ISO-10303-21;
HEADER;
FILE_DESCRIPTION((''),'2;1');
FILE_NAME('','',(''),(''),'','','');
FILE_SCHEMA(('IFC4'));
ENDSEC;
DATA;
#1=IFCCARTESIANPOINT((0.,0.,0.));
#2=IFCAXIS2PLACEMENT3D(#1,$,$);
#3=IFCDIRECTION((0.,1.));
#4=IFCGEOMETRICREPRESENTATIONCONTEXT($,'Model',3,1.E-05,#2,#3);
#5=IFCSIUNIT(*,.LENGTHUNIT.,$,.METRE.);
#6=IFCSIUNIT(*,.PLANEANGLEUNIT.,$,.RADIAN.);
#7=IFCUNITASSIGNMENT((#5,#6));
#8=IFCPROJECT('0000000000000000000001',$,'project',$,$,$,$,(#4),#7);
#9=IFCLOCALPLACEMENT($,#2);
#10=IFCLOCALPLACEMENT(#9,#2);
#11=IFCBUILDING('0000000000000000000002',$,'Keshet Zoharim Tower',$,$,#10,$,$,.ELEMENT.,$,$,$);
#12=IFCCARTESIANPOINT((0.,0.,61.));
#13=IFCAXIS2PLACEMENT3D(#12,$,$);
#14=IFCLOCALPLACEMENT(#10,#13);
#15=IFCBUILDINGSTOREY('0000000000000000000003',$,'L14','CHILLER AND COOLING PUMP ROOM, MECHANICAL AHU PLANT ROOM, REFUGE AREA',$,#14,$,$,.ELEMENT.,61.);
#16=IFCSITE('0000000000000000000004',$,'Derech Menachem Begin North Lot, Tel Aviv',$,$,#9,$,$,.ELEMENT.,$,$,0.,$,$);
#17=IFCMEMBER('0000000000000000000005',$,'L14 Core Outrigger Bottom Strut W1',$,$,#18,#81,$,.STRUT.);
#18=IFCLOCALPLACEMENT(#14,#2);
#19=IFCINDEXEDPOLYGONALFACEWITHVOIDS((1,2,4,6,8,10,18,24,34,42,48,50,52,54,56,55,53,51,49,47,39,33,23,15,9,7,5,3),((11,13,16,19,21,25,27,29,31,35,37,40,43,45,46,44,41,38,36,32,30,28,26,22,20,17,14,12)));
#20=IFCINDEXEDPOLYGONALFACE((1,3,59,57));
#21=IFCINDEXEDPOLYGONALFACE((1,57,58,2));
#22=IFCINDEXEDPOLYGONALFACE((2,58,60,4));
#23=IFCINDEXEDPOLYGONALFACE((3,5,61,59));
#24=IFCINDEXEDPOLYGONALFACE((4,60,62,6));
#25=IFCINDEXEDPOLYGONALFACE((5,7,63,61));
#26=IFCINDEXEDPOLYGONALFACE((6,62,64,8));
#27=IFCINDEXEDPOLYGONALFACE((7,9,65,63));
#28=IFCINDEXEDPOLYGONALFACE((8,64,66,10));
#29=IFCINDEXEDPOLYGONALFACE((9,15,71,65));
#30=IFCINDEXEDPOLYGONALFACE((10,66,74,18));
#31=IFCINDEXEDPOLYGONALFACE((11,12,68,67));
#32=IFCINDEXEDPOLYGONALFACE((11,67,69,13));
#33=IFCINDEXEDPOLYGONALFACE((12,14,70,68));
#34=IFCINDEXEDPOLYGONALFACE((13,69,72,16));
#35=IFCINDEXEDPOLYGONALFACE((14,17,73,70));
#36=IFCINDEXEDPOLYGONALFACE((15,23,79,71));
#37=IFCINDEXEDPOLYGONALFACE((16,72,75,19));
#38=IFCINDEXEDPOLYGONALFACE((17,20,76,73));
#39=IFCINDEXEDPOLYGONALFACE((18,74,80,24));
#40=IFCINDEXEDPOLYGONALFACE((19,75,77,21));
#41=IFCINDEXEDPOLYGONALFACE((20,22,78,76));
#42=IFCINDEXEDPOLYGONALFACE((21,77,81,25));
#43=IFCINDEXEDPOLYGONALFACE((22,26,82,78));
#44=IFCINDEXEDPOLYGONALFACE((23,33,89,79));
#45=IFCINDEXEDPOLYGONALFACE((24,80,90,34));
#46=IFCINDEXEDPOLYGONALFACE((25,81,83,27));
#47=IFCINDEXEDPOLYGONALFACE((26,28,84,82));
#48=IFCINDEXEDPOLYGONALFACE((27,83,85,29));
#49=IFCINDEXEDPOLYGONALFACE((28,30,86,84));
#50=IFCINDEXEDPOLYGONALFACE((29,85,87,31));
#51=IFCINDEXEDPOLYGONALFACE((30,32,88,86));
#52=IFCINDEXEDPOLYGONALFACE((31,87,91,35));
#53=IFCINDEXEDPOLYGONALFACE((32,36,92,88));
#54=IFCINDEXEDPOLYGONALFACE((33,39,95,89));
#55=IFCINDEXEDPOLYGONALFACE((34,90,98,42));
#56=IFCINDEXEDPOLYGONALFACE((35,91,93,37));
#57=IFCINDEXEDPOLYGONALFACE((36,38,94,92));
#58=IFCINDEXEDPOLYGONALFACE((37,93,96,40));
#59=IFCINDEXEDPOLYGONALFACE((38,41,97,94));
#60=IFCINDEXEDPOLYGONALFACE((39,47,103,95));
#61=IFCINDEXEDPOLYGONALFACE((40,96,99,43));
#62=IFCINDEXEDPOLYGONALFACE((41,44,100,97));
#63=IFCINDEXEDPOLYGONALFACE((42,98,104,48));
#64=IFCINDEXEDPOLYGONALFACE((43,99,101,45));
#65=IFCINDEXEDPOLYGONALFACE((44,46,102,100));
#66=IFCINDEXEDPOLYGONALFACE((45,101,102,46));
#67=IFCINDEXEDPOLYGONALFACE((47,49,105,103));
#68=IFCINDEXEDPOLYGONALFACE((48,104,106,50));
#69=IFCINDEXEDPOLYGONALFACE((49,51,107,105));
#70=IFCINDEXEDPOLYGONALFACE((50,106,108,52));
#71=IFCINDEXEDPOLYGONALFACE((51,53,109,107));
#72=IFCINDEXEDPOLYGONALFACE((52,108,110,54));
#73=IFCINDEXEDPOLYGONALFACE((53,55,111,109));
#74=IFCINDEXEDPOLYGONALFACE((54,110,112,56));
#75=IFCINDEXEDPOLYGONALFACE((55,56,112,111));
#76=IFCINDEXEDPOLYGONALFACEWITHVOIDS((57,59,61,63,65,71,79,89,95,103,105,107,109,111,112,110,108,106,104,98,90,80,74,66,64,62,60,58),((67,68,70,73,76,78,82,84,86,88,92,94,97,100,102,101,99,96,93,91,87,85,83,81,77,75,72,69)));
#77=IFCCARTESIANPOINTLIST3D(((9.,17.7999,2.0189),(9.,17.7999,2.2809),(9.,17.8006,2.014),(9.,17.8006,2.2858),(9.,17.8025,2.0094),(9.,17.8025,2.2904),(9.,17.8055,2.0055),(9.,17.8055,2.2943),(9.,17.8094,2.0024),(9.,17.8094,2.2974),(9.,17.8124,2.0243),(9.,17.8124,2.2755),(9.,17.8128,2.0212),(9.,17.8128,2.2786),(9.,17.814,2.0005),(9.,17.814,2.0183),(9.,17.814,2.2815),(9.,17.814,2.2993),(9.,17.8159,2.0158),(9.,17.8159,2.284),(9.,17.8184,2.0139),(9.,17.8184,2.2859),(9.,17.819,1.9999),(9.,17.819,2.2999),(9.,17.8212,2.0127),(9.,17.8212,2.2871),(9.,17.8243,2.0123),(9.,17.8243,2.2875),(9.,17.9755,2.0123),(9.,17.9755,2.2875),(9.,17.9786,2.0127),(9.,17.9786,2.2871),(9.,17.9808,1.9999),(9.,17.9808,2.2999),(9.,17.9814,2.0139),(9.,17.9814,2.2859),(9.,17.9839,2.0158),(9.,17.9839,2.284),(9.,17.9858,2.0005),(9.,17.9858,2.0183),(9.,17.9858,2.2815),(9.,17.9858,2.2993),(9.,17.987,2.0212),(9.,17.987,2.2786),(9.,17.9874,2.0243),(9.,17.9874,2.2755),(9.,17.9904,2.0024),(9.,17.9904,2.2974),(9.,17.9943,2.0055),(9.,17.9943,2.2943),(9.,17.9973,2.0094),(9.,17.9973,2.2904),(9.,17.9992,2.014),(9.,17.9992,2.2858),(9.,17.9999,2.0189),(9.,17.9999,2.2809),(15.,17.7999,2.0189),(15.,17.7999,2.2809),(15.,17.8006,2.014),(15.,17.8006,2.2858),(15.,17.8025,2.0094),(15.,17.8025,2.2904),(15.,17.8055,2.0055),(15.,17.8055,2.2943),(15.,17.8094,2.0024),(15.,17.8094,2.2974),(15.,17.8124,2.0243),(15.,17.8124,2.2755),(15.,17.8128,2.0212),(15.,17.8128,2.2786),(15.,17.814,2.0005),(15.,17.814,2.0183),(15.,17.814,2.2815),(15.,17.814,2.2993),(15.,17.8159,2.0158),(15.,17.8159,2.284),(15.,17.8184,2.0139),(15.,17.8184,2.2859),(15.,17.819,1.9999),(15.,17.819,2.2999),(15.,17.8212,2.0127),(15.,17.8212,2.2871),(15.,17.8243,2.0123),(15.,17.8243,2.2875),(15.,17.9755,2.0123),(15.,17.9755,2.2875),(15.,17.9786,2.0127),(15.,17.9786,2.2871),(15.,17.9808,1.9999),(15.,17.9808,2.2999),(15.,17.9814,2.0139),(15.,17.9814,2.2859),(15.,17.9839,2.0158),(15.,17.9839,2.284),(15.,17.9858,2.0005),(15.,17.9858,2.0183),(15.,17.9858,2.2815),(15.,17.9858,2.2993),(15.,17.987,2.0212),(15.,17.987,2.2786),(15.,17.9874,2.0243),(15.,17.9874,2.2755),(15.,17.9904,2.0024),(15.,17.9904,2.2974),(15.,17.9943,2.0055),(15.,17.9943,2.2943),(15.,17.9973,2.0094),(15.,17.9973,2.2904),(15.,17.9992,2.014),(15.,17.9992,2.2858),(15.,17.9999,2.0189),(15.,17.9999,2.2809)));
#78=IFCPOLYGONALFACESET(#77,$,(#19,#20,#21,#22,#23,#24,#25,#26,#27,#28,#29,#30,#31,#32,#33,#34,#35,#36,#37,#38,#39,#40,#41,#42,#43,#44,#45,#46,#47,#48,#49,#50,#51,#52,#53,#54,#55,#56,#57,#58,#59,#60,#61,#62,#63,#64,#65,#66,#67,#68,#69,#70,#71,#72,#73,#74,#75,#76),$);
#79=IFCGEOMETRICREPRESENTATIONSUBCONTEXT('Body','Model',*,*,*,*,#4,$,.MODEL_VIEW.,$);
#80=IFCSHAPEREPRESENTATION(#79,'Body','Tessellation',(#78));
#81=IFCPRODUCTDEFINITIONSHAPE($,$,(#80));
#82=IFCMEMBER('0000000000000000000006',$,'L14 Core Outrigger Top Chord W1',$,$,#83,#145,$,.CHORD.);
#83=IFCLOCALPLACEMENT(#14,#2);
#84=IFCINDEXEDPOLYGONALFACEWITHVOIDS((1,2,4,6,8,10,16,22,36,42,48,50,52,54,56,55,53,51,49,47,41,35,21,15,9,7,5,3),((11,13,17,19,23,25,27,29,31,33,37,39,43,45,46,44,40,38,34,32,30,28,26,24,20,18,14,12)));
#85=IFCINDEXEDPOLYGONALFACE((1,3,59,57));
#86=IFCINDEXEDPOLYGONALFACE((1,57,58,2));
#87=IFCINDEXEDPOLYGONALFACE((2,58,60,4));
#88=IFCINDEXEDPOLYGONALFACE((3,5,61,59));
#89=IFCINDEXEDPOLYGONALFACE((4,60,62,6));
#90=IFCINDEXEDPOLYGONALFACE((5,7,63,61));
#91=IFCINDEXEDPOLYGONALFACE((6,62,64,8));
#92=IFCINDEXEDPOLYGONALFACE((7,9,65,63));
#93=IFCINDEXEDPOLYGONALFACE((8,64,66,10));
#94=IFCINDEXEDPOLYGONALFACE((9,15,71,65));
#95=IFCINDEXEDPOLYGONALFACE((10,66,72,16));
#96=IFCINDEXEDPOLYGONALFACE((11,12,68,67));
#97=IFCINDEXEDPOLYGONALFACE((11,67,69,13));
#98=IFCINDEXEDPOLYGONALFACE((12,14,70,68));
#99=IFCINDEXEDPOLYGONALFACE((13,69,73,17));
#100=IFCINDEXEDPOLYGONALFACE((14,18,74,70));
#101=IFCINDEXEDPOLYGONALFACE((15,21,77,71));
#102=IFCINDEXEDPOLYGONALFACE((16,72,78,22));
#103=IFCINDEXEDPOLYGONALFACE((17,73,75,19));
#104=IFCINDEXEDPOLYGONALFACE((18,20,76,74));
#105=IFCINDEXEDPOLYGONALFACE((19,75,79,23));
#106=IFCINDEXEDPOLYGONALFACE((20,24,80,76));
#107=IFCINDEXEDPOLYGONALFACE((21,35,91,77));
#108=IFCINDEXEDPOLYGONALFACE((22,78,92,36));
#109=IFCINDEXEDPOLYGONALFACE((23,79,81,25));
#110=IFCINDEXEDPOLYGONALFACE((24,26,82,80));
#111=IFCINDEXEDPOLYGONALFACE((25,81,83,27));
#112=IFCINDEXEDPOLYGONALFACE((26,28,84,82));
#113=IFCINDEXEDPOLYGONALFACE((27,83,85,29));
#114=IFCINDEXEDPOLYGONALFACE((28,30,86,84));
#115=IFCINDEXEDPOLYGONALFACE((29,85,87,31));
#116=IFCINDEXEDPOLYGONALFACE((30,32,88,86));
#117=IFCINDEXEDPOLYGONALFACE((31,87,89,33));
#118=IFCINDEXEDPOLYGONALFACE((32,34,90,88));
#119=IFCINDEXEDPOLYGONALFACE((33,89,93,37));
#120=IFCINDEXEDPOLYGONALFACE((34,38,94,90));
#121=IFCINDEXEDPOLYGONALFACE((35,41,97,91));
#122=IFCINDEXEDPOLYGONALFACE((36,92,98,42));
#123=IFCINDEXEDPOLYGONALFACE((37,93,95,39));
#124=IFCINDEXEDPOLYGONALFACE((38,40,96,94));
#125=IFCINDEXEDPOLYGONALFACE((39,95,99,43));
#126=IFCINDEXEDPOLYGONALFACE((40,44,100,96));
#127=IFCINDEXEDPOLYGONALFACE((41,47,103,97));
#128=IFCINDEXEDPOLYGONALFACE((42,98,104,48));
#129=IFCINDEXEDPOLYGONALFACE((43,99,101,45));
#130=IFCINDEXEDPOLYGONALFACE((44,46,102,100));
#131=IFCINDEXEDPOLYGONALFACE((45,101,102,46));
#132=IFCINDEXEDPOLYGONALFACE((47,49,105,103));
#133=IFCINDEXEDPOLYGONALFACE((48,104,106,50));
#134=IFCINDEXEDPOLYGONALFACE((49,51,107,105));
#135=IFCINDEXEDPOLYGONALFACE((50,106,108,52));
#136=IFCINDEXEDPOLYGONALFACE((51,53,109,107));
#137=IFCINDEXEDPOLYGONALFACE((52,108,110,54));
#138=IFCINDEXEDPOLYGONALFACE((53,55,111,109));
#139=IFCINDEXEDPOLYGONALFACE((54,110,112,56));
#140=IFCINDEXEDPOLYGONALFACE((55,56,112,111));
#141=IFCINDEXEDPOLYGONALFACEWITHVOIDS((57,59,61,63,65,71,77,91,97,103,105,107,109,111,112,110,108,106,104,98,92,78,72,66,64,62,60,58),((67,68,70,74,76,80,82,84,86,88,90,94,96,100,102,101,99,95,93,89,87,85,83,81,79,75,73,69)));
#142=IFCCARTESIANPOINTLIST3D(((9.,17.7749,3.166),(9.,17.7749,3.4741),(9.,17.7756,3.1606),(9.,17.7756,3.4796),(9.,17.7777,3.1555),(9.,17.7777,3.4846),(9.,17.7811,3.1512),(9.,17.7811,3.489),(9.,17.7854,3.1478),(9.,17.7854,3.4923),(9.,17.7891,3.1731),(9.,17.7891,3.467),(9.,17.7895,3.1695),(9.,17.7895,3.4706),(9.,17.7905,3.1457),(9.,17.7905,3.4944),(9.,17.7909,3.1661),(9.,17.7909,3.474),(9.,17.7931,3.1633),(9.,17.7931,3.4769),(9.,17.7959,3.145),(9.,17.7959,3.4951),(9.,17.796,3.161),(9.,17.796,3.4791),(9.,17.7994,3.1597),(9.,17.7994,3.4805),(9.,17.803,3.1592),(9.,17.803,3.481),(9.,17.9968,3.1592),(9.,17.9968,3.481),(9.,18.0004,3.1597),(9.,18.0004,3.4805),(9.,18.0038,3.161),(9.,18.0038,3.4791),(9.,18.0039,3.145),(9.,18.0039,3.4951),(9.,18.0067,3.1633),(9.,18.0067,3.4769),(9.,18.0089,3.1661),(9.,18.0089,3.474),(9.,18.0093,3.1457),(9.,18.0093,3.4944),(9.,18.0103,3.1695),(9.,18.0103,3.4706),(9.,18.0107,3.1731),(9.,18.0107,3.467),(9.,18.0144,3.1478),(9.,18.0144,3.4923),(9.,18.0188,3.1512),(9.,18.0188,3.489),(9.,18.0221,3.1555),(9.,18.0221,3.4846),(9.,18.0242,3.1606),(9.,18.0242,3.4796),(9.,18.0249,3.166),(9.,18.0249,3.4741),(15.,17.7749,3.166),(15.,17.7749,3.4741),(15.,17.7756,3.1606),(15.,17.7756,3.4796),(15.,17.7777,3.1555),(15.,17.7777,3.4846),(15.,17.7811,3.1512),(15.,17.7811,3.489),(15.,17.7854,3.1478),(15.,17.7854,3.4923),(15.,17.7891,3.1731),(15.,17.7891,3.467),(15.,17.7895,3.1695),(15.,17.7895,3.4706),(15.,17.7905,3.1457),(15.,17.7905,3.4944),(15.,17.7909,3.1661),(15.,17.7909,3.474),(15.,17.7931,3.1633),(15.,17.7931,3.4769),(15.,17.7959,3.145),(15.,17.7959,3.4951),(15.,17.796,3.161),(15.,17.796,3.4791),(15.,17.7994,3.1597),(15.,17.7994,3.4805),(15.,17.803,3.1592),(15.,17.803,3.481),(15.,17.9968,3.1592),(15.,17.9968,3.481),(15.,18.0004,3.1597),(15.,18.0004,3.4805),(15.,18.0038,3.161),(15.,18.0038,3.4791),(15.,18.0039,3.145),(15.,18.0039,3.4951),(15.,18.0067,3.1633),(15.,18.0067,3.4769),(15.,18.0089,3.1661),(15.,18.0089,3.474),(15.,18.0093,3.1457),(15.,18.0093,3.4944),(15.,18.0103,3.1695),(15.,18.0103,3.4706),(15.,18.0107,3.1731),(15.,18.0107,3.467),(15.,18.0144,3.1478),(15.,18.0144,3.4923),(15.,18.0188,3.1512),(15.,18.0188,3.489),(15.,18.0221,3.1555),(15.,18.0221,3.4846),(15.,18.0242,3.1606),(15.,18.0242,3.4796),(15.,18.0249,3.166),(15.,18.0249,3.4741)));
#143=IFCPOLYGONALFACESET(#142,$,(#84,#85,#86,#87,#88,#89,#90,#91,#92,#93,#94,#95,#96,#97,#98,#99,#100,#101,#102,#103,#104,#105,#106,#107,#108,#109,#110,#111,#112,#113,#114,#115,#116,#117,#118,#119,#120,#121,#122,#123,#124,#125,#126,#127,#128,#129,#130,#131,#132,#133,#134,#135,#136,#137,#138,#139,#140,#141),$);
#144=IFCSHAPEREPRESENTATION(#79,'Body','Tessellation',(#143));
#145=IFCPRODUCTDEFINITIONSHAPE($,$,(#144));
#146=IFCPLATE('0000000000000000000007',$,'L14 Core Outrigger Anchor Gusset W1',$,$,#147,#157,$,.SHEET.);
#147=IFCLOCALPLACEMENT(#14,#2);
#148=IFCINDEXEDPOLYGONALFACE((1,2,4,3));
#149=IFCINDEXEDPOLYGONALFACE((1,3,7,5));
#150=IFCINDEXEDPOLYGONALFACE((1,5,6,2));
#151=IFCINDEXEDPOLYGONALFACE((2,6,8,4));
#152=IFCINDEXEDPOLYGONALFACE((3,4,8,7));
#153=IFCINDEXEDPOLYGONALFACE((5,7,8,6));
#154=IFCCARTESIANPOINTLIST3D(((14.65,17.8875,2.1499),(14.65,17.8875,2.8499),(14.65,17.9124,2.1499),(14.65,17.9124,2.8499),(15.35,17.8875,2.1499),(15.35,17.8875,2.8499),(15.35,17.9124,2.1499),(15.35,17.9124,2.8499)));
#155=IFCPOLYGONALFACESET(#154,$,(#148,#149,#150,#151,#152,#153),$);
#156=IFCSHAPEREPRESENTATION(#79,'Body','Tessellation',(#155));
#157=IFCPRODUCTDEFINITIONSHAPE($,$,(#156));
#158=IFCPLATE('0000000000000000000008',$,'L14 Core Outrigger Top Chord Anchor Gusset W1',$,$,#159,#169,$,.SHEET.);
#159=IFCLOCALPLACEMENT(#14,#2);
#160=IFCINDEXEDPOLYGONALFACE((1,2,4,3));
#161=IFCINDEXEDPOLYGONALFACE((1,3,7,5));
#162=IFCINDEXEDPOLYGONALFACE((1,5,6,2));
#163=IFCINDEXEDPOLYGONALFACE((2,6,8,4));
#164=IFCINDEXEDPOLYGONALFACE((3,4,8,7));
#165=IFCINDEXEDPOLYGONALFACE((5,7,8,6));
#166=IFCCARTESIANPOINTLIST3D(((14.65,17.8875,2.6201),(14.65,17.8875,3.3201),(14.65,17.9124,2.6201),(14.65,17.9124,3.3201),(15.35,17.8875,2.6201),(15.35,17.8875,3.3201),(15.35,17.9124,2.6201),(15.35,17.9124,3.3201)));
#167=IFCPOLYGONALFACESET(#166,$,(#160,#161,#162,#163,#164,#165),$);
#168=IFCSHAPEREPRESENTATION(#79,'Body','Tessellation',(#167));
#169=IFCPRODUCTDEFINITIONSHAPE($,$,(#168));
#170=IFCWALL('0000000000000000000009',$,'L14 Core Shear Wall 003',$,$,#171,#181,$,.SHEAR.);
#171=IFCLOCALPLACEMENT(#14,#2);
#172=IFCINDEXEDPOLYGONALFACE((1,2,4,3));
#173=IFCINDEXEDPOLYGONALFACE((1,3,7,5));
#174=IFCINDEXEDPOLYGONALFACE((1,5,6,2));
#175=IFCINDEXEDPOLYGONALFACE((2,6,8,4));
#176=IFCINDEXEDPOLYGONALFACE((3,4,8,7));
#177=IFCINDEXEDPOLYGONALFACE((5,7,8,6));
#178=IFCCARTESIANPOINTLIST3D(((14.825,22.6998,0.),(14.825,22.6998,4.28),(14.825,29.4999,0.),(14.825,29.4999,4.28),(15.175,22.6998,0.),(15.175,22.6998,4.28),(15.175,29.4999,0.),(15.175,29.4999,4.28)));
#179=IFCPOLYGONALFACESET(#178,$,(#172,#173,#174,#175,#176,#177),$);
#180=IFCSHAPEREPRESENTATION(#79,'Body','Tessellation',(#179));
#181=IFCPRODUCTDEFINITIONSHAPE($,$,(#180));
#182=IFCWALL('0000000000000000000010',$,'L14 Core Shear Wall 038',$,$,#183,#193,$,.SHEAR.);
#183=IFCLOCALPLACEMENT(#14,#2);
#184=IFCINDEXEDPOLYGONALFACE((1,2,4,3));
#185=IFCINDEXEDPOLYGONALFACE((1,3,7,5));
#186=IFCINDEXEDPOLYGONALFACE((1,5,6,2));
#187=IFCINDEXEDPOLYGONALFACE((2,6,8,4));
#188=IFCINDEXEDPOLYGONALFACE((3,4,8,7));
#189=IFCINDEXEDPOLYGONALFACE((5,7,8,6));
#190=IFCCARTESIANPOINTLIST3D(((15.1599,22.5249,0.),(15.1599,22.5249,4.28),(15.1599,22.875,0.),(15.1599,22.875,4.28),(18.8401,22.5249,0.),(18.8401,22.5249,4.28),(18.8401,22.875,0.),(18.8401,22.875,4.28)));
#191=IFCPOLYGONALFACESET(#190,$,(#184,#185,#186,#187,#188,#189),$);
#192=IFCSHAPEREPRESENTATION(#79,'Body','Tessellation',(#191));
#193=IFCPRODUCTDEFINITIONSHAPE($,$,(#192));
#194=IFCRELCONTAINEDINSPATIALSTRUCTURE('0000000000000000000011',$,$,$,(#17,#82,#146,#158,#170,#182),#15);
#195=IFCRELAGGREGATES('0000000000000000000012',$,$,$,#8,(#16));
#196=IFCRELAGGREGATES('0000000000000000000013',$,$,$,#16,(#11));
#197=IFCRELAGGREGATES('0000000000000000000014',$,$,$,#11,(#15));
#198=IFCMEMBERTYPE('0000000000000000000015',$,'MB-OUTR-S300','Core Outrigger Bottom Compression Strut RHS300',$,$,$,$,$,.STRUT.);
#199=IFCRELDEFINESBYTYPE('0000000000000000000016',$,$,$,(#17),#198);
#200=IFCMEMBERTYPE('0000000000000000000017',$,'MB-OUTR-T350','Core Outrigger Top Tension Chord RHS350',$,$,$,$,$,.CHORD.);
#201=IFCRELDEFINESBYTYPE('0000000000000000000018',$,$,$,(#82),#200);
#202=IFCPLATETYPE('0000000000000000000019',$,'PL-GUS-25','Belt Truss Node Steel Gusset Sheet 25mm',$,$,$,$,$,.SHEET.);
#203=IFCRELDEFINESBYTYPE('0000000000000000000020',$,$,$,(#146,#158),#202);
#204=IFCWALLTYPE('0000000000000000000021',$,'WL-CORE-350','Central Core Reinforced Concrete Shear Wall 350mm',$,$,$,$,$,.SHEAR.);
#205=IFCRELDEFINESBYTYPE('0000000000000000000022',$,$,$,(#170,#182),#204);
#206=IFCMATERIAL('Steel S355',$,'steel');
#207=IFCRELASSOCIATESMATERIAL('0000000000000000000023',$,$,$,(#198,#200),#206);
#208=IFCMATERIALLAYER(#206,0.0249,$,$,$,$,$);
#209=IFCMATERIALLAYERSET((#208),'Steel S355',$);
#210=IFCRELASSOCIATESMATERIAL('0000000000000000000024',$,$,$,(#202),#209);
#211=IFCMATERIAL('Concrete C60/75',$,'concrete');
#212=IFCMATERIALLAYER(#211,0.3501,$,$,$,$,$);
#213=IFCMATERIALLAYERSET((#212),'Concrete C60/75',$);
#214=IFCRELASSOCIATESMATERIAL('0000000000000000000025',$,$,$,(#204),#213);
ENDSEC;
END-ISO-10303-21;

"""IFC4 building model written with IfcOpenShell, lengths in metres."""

from ifc_helpers import new_model, si_unit, direction, frame, frame_2d, origin, origin_2d, place, context, subcontext, project, spatial, rectangle, hollow_rectangle, extrude, material, layer, layer_set, material_profile, profile_set, type_object, element, save


model = new_model("IFC4")

# Units and contexts
model_context = context("Model", 3, precision=1e-05, world=origin(), true_north=direction((0.0, 1.0)))
body_context = subcontext(model_context, "Body", "Model", "MODEL_VIEW")
ifc_project = project(units=[si_unit("LENGTHUNIT", "METRE"), si_unit("PLANEANGLEUNIT", "RADIAN")], contexts=[model_context])

# Site, building, storey
site_placement = place(None, origin())
site = spatial("IfcSite", under=ifc_project, at=site_placement, Name="Derech Menachem Begin North Lot, Tel Aviv", CompositionType="ELEMENT", RefElevation=0.0)
building_placement = place(site_placement, origin())
building = spatial("IfcBuilding", under=site, at=building_placement, Name="Keshet Zoharim Tower", CompositionType="ELEMENT")
storey_placement = place(building_placement, frame((0.0, 0.0, 61.0)))
storey = spatial("IfcBuildingStorey", under=building, at=storey_placement, Name="L14", Description="CHILLER AND COOLING PUMP ROOM, MECHANICAL AHU PLANT ROOM, REFUGE AREA", CompositionType="ELEMENT", Elevation=61.0)

# Shared definitions
ifc_material_1 = material(Name="Concrete C60/75", Category="concrete")

# Shared definitions
ifc_material_2 = material(Name="Steel S355", Category="steel")

# Members
ifc_material_profile_1 = material_profile(ifc_material_2, hollow_rectangle(XDim=0.2, YDim=0.3, WallThickness=0.0125, InnerFilletRadius=0.012, OuterFilletRadius=0.019, at=origin_2d()), Name="RHS300x200x12.5")
ifc_profile_set_1 = profile_set([ifc_material_profile_1], Name="Steel S355")
member_type_1 = type_object("IfcMemberType", Name="MB-OUTR-S300", Description="Core Outrigger Bottom Compression Strut RHS300", PredefinedType="STRUT", material=ifc_profile_set_1)
member_1_placement = place(storey_placement, frame((15.0, 17.8999, 2.1499), z_axis=(-1.0, 0.0, 0.0), x_axis=(0.0, -1.0, 0.0)))
element("IfcMember", 1, at=member_1_placement, inside=storey, type_object=member_type_1, Name="L14 Core Outrigger Bottom Strut W1", PredefinedType="STRUT", context=body_context, shape_type="SweptSolid", body=[
    extrude(hollow_rectangle(XDim=0.2, YDim=0.3, WallThickness=0.0125, InnerFilletRadius=0.012, OuterFilletRadius=0.019, at=origin_2d()), origin(), (0.0, 0.0, 1.0), 6.0),
])
ifc_material_profile_2 = material_profile(ifc_material_2, hollow_rectangle(XDim=0.25, YDim=0.3501, WallThickness=0.0142, InnerFilletRadius=0.0139, OuterFilletRadius=0.021, at=origin_2d()), Name="RHS350x250x14.2")
ifc_profile_set_2 = profile_set([ifc_material_profile_2], Name="Steel S355")
member_type_2 = type_object("IfcMemberType", Name="MB-OUTR-T350", Description="Core Outrigger Top Tension Chord RHS350", PredefinedType="CHORD", material=ifc_profile_set_2)
member_2_placement = place(storey_placement, frame((15.0, 17.8999, 3.3201), z_axis=(-1.0, 0.0, 0.0), x_axis=(0.0, -1.0, 0.0)))
element("IfcMember", 2, at=member_2_placement, inside=storey, type_object=member_type_2, Name="L14 Core Outrigger Top Chord W1", PredefinedType="CHORD", context=body_context, shape_type="SweptSolid", body=[
    extrude(hollow_rectangle(XDim=0.25, YDim=0.3501, WallThickness=0.0142, InnerFilletRadius=0.0139, OuterFilletRadius=0.021, at=origin_2d()), origin(), (0.0, 0.0, 1.0), 6.0),
])

# Plates
ifc_layer_1 = layer(ifc_material_2, 0.0249)
ifc_layer_set_1 = layer_set([ifc_layer_1], Name="Steel S355")
plate_type = type_object("IfcPlateType", Name="PL-GUS-25", Description="Belt Truss Node Steel Gusset Sheet 25mm", PredefinedType="SHEET", material=ifc_layer_set_1)
for number, where, z_axis, x_axis, name in (
    (3, (15.0, 17.8999, 2.1499), (0.0, 0.0, 1.0), (1.0, 0.0, 0.0), "L14 Core Outrigger Anchor Gusset W1"),
    (4, (15.0, 17.8999, 2.6201), (0.0, 0.0, 1.0), (1.0, 0.0, 0.0), "L14 Core Outrigger Top Chord Anchor Gusset W1"),
):
    element("IfcPlate", number, at=place(storey_placement, frame(where, z_axis=z_axis, x_axis=x_axis)), inside=storey, type_object=plate_type, Name=name, PredefinedType="SHEET", context=body_context, shape_type="SweptSolid", body=[
        extrude(rectangle(XDim=0.7, YDim=0.0249, at=origin_2d()), origin(), (0.0, 0.0, 1.0), 0.7),
    ])

# Walls
ifc_layer_2 = layer(ifc_material_1, 0.3501)
ifc_layer_set_2 = layer_set([ifc_layer_2], Name="Concrete C60/75")
wall_type_1 = type_object("IfcWallType", Name="WL-CORE-350", Description="Central Core Reinforced Concrete Shear Wall 350mm", PredefinedType="SHEAR", material=ifc_layer_set_2)
wall_1_placement = place(storey_placement, frame((15.0, 22.7, 0.0), z_axis=(0.0, 0.0, 1.0), x_axis=(0.0, 1.0, 0.0)))
element("IfcWall", 5, at=wall_1_placement, inside=storey, type_object=wall_type_1, Name="L14 Core Shear Wall 003", PredefinedType="SHEAR", context=body_context, shape_type="SweptSolid", body=[
    extrude(rectangle(XDim=6.8, YDim=0.3501, at=frame_2d((3.3999, 0.0))), origin(), (0.0, 0.0, 1.0), 4.28),
])
wall_2_placement = place(storey_placement, frame((15.1599, 22.7, 0.0), z_axis=(0.0, 0.0, 1.0), x_axis=(1.0, 0.0, 0.0)))
element("IfcWall", 6, at=wall_2_placement, inside=storey, type_object=wall_type_1, Name="L14 Core Shear Wall 038", PredefinedType="SHEAR", context=body_context, shape_type="SweptSolid", body=[
    extrude(rectangle(XDim=3.6802, YDim=0.3501, at=frame_2d((1.8401, 0.0))), origin(), (0.0, 0.0, 1.0), 4.28),
])

save(model, "model.ifc")
